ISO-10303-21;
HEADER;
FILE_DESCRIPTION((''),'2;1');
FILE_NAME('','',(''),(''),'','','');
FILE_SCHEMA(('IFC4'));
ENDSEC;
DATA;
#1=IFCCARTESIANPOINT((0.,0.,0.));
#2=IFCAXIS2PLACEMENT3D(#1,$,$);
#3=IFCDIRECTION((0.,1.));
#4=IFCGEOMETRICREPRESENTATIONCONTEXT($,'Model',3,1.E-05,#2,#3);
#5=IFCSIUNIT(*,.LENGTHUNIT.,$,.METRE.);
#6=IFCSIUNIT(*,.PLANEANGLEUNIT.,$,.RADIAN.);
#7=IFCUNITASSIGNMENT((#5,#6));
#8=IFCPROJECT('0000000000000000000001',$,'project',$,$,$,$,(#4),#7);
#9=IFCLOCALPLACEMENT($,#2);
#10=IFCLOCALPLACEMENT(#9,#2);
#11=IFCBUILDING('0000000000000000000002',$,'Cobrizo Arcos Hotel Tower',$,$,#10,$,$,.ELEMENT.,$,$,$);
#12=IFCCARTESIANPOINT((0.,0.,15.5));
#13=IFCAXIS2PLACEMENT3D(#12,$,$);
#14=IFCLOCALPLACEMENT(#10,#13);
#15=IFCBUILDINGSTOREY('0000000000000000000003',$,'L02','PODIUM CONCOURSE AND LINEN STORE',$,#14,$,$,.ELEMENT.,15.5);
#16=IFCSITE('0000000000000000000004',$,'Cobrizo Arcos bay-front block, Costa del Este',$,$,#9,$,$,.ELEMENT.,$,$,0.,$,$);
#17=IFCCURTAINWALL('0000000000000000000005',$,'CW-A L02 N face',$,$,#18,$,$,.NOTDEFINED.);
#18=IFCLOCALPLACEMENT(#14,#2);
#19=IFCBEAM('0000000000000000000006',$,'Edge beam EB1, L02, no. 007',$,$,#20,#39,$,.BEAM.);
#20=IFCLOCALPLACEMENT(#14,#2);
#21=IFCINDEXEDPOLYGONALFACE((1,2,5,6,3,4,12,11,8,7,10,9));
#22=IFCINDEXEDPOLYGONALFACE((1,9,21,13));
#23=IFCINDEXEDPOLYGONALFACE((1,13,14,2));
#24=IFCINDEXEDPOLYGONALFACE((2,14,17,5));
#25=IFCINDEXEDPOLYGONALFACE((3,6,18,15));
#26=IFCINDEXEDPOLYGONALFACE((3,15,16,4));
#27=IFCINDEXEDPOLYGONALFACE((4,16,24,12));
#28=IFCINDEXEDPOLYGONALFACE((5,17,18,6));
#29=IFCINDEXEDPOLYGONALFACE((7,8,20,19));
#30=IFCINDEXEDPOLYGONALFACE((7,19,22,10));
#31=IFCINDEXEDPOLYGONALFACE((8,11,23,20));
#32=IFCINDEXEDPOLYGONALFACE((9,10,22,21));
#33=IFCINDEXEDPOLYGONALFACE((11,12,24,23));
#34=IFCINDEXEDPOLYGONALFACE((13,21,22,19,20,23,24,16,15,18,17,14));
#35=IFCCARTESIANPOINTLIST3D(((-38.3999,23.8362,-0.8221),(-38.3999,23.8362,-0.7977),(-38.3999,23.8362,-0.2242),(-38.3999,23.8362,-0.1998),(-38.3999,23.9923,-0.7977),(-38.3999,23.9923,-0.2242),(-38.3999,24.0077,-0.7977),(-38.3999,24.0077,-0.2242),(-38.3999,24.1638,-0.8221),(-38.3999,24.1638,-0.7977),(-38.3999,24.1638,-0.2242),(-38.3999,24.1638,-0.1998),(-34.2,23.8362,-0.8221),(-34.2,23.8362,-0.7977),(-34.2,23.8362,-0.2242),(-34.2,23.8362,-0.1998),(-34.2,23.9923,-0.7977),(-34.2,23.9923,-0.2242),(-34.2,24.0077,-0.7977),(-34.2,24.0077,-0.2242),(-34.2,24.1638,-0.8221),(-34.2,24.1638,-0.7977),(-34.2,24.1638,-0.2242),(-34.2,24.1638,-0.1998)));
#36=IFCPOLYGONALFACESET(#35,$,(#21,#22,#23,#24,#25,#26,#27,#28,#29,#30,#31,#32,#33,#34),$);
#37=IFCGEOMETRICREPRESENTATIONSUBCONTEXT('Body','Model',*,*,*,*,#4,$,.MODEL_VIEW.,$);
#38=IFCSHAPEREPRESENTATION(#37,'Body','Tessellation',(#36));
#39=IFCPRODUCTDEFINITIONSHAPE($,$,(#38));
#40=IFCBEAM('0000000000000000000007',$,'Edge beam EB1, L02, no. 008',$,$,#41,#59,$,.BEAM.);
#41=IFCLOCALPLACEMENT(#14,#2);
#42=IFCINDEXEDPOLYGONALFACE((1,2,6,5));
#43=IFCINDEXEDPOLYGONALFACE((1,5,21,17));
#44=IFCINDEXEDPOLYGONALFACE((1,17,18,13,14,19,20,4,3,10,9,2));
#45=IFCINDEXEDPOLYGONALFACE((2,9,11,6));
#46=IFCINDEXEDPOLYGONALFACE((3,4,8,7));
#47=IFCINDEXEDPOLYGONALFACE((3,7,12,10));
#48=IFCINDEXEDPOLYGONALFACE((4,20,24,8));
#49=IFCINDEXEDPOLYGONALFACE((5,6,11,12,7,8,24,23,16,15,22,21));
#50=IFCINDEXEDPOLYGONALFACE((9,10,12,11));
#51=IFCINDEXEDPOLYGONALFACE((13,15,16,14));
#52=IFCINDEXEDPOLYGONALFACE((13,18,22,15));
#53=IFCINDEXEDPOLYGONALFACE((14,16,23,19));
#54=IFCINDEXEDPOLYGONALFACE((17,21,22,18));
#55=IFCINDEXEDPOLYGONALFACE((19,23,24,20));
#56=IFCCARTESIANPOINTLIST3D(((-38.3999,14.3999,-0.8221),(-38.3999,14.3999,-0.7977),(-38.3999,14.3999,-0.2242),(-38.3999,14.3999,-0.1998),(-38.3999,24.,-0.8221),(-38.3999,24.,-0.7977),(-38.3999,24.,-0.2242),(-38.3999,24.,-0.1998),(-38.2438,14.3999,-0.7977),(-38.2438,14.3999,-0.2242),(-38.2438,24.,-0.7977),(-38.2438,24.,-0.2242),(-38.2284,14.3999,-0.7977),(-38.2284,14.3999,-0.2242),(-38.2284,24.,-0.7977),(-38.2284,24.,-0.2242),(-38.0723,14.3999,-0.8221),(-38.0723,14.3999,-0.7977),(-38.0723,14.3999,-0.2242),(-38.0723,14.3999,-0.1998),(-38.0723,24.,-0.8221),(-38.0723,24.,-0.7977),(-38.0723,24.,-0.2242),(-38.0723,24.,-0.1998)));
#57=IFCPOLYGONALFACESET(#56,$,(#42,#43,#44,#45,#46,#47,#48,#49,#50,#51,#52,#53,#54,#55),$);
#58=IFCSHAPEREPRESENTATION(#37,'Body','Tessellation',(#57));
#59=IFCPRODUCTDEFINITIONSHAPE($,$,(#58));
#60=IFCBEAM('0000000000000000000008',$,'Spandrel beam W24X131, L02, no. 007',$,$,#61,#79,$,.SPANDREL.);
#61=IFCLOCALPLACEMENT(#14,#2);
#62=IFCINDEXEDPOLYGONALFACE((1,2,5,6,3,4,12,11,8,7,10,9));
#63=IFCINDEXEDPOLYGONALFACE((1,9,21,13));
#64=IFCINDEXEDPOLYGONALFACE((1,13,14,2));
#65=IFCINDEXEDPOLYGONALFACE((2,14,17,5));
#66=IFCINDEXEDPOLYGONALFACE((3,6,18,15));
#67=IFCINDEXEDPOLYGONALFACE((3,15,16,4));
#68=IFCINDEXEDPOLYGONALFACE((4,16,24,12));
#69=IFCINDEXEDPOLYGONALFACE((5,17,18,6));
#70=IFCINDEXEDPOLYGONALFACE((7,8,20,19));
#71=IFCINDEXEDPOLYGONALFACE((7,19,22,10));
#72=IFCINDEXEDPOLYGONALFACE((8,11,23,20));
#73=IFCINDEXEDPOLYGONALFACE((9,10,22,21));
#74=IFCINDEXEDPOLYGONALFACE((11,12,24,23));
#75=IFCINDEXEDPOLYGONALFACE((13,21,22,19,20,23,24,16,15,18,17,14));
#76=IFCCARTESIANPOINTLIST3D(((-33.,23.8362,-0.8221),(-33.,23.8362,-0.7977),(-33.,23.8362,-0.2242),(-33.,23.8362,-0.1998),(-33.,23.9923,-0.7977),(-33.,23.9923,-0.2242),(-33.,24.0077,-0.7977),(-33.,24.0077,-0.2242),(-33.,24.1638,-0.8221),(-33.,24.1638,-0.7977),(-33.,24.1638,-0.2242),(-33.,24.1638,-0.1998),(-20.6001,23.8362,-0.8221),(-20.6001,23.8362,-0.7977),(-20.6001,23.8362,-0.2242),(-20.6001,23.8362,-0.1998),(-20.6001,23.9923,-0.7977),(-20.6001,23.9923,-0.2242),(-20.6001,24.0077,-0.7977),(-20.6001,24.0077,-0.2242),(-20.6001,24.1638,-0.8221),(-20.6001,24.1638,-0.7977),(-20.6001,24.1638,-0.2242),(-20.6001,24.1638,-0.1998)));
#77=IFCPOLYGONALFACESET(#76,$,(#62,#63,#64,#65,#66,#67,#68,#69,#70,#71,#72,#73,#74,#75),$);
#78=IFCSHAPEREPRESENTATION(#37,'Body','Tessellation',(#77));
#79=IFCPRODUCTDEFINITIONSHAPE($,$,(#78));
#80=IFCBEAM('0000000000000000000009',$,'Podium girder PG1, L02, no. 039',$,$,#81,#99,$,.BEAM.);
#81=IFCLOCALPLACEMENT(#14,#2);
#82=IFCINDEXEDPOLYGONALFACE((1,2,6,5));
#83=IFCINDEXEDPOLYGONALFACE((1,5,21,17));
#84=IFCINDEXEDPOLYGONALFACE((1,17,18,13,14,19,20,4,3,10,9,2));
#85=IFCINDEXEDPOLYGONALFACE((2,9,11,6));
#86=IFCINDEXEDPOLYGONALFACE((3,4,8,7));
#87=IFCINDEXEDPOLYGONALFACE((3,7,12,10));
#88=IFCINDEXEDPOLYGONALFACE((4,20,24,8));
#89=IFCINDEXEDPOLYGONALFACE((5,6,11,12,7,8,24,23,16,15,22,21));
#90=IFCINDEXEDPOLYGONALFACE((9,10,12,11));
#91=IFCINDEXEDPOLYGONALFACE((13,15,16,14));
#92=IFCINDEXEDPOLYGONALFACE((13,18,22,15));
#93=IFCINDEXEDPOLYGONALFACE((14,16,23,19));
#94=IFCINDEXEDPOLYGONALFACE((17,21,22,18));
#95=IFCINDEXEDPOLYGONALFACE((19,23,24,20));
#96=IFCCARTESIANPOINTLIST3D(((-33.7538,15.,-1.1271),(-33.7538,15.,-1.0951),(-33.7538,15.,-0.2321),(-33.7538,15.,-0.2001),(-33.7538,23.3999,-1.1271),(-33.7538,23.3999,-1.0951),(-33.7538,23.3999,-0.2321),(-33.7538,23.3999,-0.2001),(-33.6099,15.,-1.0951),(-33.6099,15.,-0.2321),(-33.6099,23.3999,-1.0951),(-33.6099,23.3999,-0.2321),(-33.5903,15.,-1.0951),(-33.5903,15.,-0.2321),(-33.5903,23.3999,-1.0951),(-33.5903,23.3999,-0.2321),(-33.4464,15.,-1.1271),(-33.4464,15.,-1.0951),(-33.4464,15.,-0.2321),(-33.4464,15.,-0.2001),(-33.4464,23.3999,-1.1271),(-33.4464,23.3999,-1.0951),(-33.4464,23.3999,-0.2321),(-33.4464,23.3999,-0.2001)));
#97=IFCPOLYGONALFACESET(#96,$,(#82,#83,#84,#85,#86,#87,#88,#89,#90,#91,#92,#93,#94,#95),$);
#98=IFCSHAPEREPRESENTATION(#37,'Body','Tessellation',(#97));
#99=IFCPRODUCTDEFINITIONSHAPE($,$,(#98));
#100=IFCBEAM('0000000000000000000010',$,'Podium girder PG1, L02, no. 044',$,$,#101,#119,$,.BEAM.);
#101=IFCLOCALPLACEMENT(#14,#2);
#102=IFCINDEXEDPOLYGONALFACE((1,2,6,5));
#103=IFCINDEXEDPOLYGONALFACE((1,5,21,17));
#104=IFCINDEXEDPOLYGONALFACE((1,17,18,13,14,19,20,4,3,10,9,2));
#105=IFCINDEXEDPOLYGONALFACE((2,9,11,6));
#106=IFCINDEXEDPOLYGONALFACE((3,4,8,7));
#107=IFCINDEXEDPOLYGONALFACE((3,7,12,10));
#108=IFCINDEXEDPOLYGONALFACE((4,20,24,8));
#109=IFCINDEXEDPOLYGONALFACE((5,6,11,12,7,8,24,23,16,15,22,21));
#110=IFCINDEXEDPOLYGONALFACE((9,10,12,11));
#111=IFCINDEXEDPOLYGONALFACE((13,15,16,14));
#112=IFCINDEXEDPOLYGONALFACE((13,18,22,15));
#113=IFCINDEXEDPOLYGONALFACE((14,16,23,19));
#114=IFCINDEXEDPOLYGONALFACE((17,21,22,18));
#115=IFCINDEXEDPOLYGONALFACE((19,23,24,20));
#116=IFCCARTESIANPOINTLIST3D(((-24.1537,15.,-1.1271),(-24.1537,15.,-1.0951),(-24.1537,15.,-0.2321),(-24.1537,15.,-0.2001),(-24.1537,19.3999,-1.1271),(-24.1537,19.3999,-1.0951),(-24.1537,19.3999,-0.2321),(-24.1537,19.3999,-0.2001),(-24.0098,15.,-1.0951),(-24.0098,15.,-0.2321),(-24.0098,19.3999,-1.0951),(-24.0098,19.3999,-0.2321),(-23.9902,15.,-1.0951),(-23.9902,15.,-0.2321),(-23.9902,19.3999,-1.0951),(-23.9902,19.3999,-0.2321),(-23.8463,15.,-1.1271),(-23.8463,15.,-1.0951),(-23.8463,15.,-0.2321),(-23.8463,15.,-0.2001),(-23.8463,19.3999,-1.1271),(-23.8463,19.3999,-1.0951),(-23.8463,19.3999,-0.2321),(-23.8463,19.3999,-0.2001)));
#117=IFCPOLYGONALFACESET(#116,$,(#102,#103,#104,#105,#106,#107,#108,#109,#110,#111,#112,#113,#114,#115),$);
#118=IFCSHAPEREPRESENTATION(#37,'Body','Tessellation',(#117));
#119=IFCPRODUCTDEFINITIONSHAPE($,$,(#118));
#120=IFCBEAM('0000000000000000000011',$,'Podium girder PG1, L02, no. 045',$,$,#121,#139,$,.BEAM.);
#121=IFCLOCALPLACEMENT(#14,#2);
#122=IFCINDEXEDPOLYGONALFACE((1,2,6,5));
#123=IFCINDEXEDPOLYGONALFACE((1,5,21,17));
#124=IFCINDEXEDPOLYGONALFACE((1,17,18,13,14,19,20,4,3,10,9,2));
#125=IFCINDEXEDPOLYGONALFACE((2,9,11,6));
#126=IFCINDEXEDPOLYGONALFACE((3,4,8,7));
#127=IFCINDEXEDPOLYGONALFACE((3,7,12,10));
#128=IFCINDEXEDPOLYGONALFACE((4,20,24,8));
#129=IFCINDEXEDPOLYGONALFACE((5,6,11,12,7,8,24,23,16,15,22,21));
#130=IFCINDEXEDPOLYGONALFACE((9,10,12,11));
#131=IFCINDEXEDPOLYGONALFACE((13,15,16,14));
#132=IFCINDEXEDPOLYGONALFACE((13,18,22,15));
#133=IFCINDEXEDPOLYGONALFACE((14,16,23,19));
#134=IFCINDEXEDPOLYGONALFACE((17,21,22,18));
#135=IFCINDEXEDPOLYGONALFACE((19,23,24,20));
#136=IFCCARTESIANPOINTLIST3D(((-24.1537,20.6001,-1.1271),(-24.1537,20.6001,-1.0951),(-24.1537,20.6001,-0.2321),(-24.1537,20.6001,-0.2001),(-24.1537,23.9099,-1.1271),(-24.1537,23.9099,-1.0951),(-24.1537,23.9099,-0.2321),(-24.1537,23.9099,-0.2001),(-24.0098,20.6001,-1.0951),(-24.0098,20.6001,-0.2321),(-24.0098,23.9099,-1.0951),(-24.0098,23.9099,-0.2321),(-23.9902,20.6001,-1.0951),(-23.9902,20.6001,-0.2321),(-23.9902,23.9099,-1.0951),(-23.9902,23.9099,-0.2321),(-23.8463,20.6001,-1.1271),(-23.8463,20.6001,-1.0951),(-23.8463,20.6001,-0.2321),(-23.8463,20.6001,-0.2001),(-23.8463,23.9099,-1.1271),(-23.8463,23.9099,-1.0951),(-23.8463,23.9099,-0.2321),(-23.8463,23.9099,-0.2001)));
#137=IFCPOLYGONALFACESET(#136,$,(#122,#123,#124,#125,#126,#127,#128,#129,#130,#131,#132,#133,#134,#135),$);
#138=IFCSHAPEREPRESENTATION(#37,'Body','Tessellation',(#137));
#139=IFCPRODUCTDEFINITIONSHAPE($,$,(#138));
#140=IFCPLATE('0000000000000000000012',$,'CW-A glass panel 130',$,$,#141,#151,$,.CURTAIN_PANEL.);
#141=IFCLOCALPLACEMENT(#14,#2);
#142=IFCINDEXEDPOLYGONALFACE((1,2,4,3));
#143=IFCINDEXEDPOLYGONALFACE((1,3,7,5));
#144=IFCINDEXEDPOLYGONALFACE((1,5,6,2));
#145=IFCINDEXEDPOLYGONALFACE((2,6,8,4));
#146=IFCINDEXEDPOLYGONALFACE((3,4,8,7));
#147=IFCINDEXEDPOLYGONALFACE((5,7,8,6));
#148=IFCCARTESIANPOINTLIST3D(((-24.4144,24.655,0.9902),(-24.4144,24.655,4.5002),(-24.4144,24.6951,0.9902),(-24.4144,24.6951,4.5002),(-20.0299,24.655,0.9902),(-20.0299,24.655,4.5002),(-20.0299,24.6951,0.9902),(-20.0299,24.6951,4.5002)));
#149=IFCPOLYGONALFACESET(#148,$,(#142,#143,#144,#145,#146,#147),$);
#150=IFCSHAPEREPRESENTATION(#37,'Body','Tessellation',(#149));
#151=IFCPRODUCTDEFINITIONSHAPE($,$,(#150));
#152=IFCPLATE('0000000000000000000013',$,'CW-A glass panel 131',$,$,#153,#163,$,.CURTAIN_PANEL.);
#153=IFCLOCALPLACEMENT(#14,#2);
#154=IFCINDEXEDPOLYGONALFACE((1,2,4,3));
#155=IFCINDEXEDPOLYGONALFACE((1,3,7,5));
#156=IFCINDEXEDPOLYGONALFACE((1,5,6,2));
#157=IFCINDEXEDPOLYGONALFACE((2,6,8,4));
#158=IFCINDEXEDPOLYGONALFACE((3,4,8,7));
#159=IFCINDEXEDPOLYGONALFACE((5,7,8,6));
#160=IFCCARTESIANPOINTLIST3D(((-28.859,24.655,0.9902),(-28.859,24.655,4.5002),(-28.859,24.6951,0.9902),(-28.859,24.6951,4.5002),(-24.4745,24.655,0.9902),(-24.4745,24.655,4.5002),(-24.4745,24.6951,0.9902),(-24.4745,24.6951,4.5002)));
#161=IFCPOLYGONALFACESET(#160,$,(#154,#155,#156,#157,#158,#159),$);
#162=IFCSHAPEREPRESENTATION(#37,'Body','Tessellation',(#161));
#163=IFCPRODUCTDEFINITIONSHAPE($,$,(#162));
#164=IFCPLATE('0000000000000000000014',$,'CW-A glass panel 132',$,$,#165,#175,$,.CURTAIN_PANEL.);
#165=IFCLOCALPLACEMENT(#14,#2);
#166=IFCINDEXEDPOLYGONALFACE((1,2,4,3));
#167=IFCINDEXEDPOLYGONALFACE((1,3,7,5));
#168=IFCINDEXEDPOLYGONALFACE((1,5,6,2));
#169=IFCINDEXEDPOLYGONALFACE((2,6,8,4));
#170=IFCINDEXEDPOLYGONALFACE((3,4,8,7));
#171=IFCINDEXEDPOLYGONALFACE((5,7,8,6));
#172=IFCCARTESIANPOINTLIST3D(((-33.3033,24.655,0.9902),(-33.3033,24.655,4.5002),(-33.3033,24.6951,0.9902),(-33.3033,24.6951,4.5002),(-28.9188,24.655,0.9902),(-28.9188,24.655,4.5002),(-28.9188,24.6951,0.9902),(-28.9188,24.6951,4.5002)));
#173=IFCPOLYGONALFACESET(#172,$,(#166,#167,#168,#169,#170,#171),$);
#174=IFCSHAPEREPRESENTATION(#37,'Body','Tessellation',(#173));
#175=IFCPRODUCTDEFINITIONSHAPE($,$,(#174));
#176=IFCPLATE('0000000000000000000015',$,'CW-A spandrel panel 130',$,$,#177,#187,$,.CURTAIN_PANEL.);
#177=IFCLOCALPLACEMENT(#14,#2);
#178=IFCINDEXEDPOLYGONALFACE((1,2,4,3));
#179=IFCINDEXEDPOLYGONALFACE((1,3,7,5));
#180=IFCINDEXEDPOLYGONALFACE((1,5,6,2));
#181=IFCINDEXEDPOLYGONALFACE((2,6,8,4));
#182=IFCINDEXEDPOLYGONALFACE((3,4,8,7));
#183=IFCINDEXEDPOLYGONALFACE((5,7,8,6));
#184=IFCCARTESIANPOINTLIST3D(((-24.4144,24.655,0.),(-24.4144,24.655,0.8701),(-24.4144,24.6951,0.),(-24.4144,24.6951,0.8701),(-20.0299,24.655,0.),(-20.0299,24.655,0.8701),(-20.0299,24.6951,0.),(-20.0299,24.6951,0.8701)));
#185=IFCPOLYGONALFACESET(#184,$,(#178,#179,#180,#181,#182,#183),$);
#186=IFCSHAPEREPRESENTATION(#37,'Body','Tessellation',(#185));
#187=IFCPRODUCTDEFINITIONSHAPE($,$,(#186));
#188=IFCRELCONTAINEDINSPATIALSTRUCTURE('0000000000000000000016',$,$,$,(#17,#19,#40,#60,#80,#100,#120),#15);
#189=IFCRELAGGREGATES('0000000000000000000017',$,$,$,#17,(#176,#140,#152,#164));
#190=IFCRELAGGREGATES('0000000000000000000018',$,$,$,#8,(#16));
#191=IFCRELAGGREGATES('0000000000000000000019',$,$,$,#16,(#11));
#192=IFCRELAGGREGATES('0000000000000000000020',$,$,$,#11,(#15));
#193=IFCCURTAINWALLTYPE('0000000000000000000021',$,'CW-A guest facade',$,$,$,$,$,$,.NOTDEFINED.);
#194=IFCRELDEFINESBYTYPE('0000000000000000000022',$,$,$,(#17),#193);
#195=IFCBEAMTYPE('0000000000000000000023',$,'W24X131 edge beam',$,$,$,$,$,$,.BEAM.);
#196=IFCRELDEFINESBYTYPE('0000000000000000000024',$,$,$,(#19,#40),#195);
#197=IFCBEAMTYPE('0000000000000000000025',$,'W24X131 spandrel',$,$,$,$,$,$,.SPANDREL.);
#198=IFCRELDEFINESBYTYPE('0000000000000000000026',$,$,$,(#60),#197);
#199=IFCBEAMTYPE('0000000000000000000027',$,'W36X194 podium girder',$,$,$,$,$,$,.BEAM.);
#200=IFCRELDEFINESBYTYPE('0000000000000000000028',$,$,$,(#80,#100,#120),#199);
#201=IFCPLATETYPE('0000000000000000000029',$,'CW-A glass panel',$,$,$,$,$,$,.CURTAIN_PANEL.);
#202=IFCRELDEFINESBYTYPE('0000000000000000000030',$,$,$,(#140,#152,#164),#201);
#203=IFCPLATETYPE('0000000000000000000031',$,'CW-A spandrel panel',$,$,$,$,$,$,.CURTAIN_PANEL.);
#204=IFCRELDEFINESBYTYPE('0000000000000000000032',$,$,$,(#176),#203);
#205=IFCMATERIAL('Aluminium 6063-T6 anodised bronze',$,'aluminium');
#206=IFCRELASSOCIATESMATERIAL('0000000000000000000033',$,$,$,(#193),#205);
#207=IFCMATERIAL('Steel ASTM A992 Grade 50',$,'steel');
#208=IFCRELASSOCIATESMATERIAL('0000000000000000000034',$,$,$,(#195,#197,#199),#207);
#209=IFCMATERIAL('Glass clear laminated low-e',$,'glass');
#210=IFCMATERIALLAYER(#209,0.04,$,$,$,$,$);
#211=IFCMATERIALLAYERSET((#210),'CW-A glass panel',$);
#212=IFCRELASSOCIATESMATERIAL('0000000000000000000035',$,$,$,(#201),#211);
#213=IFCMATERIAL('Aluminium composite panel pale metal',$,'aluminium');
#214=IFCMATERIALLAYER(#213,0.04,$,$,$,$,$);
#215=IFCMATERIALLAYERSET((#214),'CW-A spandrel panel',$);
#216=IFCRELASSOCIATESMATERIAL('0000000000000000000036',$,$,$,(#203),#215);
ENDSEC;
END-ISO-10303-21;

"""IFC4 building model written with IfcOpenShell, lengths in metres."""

from ifc_helpers import new_model, si_unit, direction, frame, origin, origin_2d, place, context, subcontext, project, spatial, rectangle, i_section, extrude, material, layer, layer_set, material_profile, profile_set, type_object, element, aggregate, save


model = new_model("IFC4")

# Units and contexts
model_context = context("Model", 3, precision=1e-05, world=origin(), true_north=direction((0.0, 1.0)))
body_context = subcontext(model_context, "Body", "Model", "MODEL_VIEW")
ifc_project = project(units=[si_unit("LENGTHUNIT", "METRE"), si_unit("PLANEANGLEUNIT", "RADIAN")], contexts=[model_context])

# Site, building, storey
site_placement = place(None, origin())
site = spatial("IfcSite", under=ifc_project, at=site_placement, Name="Cobrizo Arcos bay-front block, Costa del Este", CompositionType="ELEMENT", RefElevation=0.0)
building_placement = place(site_placement, origin())
building = spatial("IfcBuilding", under=site, at=building_placement, Name="Cobrizo Arcos Hotel Tower", CompositionType="ELEMENT")
storey_placement = place(building_placement, frame((0.0, 0.0, 15.5)))
storey = spatial("IfcBuildingStorey", under=building, at=storey_placement, Name="L02", Description="PODIUM CONCOURSE AND LINEN STORE", CompositionType="ELEMENT", Elevation=15.5)

# Curtain wall
ifc_material_1 = material(Name="Aluminium 6063-T6 anodised bronze", Category="aluminium")
curtain_wall_type_1 = type_object("IfcCurtainWallType", Name="CW-A guest facade", PredefinedType="NOTDEFINED", material=ifc_material_1)
curtain_wall_1_placement = place(storey_placement, origin())
curtain_wall_1 = element("IfcCurtainWall", 1, at=curtain_wall_1_placement, inside=storey, type_object=curtain_wall_type_1, Name="CW-A L02 N face", PredefinedType="NOTDEFINED")

# Beams
ifc_material_2 = material(Name="Steel ASTM A992 Grade 50", Category="steel")
ifc_material_profile_1 = material_profile(ifc_material_2, i_section(OverallWidth=0.3276, OverallDepth=0.6223, WebThickness=0.0154, FlangeThickness=0.0244, at=origin_2d()), Name="W24X131")
ifc_profile_set_1 = profile_set([ifc_material_profile_1], Name="Steel ASTM A992 Grade 50")
beam_type_1 = type_object("IfcBeamType", Name="W24X131 edge beam", PredefinedType="BEAM", material=ifc_profile_set_1)
beam_1_placement = place(storey_placement, frame((-34.2, 24.0, -0.511), z_axis=(-1.0, 0.0, 0.0), x_axis=(0.0, -1.0, 0.0)))
element("IfcBeam", 2, at=beam_1_placement, inside=storey, type_object=beam_type_1, Name="Edge beam EB1, L02, no. 007", PredefinedType="BEAM", context=body_context, shape_type="SweptSolid", body=[
    extrude(i_section(OverallWidth=0.3276, OverallDepth=0.6223, WebThickness=0.0154, FlangeThickness=0.0244, at=origin_2d()), origin(), (0.0, 0.0, 1.0), 4.2),
])
beam_2_placement = place(storey_placement, frame((-38.2361, 24.0, -0.511), z_axis=(0.0, -1.0, 0.0), x_axis=(1.0, 0.0, 0.0)))
element("IfcBeam", 3, at=beam_2_placement, inside=storey, type_object=beam_type_1, Name="Edge beam EB1, L02, no. 008", PredefinedType="BEAM", context=body_context, shape_type="SweptSolid", body=[
    extrude(i_section(OverallWidth=0.3276, OverallDepth=0.6223, WebThickness=0.0154, FlangeThickness=0.0244, at=origin_2d()), origin(), (0.0, 0.0, 1.0), 9.6001),
])
ifc_material_profile_2 = material_profile(ifc_material_2, i_section(OverallWidth=0.3276, OverallDepth=0.6223, WebThickness=0.0154, FlangeThickness=0.0244, at=origin_2d()), Name="W24X131")
ifc_profile_set_2 = profile_set([ifc_material_profile_2], Name="Steel ASTM A992 Grade 50")
beam_type_2 = type_object("IfcBeamType", Name="W24X131 spandrel", PredefinedType="SPANDREL", material=ifc_profile_set_2)
beam_3_placement = place(storey_placement, frame((-20.6001, 24.0, -0.511), z_axis=(-1.0, 0.0, 0.0), x_axis=(0.0, -1.0, 0.0)))
element("IfcBeam", 4, at=beam_3_placement, inside=storey, type_object=beam_type_2, Name="Spandrel beam W24X131, L02, no. 007", PredefinedType="SPANDREL", context=body_context, shape_type="SweptSolid", body=[
    extrude(i_section(OverallWidth=0.3276, OverallDepth=0.6223, WebThickness=0.0154, FlangeThickness=0.0244, at=origin_2d()), origin(), (0.0, 0.0, 1.0), 12.3999),
])
ifc_material_profile_3 = material_profile(ifc_material_2, i_section(OverallWidth=0.3074, OverallDepth=0.927, WebThickness=0.0195, FlangeThickness=0.032, at=origin_2d()), Name="W36X194")
ifc_profile_set_3 = profile_set([ifc_material_profile_3], Name="Steel ASTM A992 Grade 50")
beam_type_3 = type_object("IfcBeamType", Name="W36X194 podium girder", PredefinedType="BEAM", material=ifc_profile_set_3)
beam_4_placement = place(storey_placement, frame((-33.6001, 15.0, -0.6636), z_axis=(0.0, 1.0, 0.0), x_axis=(-1.0, 0.0, 0.0)))
element("IfcBeam", 5, at=beam_4_placement, inside=storey, type_object=beam_type_3, Name="Podium girder PG1, L02, no. 039", PredefinedType="BEAM", context=body_context, shape_type="SweptSolid", body=[
    extrude(i_section(OverallWidth=0.3074, OverallDepth=0.927, WebThickness=0.0195, FlangeThickness=0.032, at=origin_2d()), origin(), (0.0, 0.0, 1.0), 8.3999),
])
beam_5_placement = place(storey_placement, frame((-24.0, 15.0, -0.6636), z_axis=(0.0, 1.0, 0.0), x_axis=(-1.0, 0.0, 0.0)))
element("IfcBeam", 6, at=beam_5_placement, inside=storey, type_object=beam_type_3, Name="Podium girder PG1, L02, no. 044", PredefinedType="BEAM", context=body_context, shape_type="SweptSolid", body=[
    extrude(i_section(OverallWidth=0.3074, OverallDepth=0.927, WebThickness=0.0195, FlangeThickness=0.032, at=origin_2d()), origin(), (0.0, 0.0, 1.0), 4.3999),
])
beam_6_placement = place(storey_placement, frame((-24.0, 20.6001, -0.6636), z_axis=(0.0, 1.0, 0.0), x_axis=(-1.0, 0.0, 0.0)))
element("IfcBeam", 7, at=beam_6_placement, inside=storey, type_object=beam_type_3, Name="Podium girder PG1, L02, no. 045", PredefinedType="BEAM", context=body_context, shape_type="SweptSolid", body=[
    extrude(i_section(OverallWidth=0.3074, OverallDepth=0.927, WebThickness=0.0195, FlangeThickness=0.032, at=origin_2d()), origin(), (0.0, 0.0, 1.0), 3.3098),
])

# Plates
ifc_material_3 = material(Name="Glass clear laminated low-e", Category="glass")
ifc_layer_1 = layer(ifc_material_3, 0.04)
ifc_layer_set_1 = layer_set([ifc_layer_1], Name="CW-A glass panel")
plate_type_1 = type_object("IfcPlateType", Name="CW-A glass panel", PredefinedType="CURTAIN_PANEL", material=ifc_layer_set_1)
plate_1_placement = place(storey_placement, frame((-22.2222, 24.675, 0.9902), z_axis=(0.0, 0.0, 1.0), x_axis=(-1.0, 0.0, 0.0)))
plate_1 = element("IfcPlate", 8, at=plate_1_placement, type_object=plate_type_1, Name="CW-A glass panel 130", PredefinedType="CURTAIN_PANEL", context=body_context, shape_type="SweptSolid", body=[
    extrude(rectangle(XDim=4.3845, YDim=0.04, at=origin_2d()), origin(), (0.0, 0.0, 1.0), 3.51),
])
plate_2_placement = place(storey_placement, frame((-26.6667, 24.675, 0.9902), z_axis=(0.0, 0.0, 1.0), x_axis=(-1.0, 0.0, 0.0)))
plate_2 = element("IfcPlate", 9, at=plate_2_placement, type_object=plate_type_1, Name="CW-A glass panel 131", PredefinedType="CURTAIN_PANEL", context=body_context, shape_type="SweptSolid", body=[
    extrude(rectangle(XDim=4.3845, YDim=0.04, at=origin_2d()), origin(), (0.0, 0.0, 1.0), 3.51),
])
plate_3_placement = place(storey_placement, frame((-31.1111, 24.675, 0.9902), z_axis=(0.0, 0.0, 1.0), x_axis=(-1.0, 0.0, 0.0)))
plate_3 = element("IfcPlate", 10, at=plate_3_placement, type_object=plate_type_1, Name="CW-A glass panel 132", PredefinedType="CURTAIN_PANEL", context=body_context, shape_type="SweptSolid", body=[
    extrude(rectangle(XDim=4.3845, YDim=0.04, at=origin_2d()), origin(), (0.0, 0.0, 1.0), 3.51),
])
ifc_material_4 = material(Name="Aluminium composite panel pale metal", Category="aluminium")
ifc_layer_2 = layer(ifc_material_4, 0.04)
ifc_layer_set_2 = layer_set([ifc_layer_2], Name="CW-A spandrel panel")
plate_type_2 = type_object("IfcPlateType", Name="CW-A spandrel panel", PredefinedType="CURTAIN_PANEL", material=ifc_layer_set_2)
plate_4_placement = place(storey_placement, frame((-22.2222, 24.675, 0.0), z_axis=(0.0, 0.0, 1.0), x_axis=(-1.0, 0.0, 0.0)))
plate_4 = element("IfcPlate", 11, at=plate_4_placement, type_object=plate_type_2, Name="CW-A spandrel panel 130", PredefinedType="CURTAIN_PANEL", context=body_context, shape_type="SweptSolid", body=[
    extrude(rectangle(XDim=4.3845, YDim=0.04, at=origin_2d()), origin(), (0.0, 0.0, 1.0), 0.8701),
])
aggregate(curtain_wall_1, [plate_4, plate_1, plate_2, plate_3])

save(model, "model.ifc")
